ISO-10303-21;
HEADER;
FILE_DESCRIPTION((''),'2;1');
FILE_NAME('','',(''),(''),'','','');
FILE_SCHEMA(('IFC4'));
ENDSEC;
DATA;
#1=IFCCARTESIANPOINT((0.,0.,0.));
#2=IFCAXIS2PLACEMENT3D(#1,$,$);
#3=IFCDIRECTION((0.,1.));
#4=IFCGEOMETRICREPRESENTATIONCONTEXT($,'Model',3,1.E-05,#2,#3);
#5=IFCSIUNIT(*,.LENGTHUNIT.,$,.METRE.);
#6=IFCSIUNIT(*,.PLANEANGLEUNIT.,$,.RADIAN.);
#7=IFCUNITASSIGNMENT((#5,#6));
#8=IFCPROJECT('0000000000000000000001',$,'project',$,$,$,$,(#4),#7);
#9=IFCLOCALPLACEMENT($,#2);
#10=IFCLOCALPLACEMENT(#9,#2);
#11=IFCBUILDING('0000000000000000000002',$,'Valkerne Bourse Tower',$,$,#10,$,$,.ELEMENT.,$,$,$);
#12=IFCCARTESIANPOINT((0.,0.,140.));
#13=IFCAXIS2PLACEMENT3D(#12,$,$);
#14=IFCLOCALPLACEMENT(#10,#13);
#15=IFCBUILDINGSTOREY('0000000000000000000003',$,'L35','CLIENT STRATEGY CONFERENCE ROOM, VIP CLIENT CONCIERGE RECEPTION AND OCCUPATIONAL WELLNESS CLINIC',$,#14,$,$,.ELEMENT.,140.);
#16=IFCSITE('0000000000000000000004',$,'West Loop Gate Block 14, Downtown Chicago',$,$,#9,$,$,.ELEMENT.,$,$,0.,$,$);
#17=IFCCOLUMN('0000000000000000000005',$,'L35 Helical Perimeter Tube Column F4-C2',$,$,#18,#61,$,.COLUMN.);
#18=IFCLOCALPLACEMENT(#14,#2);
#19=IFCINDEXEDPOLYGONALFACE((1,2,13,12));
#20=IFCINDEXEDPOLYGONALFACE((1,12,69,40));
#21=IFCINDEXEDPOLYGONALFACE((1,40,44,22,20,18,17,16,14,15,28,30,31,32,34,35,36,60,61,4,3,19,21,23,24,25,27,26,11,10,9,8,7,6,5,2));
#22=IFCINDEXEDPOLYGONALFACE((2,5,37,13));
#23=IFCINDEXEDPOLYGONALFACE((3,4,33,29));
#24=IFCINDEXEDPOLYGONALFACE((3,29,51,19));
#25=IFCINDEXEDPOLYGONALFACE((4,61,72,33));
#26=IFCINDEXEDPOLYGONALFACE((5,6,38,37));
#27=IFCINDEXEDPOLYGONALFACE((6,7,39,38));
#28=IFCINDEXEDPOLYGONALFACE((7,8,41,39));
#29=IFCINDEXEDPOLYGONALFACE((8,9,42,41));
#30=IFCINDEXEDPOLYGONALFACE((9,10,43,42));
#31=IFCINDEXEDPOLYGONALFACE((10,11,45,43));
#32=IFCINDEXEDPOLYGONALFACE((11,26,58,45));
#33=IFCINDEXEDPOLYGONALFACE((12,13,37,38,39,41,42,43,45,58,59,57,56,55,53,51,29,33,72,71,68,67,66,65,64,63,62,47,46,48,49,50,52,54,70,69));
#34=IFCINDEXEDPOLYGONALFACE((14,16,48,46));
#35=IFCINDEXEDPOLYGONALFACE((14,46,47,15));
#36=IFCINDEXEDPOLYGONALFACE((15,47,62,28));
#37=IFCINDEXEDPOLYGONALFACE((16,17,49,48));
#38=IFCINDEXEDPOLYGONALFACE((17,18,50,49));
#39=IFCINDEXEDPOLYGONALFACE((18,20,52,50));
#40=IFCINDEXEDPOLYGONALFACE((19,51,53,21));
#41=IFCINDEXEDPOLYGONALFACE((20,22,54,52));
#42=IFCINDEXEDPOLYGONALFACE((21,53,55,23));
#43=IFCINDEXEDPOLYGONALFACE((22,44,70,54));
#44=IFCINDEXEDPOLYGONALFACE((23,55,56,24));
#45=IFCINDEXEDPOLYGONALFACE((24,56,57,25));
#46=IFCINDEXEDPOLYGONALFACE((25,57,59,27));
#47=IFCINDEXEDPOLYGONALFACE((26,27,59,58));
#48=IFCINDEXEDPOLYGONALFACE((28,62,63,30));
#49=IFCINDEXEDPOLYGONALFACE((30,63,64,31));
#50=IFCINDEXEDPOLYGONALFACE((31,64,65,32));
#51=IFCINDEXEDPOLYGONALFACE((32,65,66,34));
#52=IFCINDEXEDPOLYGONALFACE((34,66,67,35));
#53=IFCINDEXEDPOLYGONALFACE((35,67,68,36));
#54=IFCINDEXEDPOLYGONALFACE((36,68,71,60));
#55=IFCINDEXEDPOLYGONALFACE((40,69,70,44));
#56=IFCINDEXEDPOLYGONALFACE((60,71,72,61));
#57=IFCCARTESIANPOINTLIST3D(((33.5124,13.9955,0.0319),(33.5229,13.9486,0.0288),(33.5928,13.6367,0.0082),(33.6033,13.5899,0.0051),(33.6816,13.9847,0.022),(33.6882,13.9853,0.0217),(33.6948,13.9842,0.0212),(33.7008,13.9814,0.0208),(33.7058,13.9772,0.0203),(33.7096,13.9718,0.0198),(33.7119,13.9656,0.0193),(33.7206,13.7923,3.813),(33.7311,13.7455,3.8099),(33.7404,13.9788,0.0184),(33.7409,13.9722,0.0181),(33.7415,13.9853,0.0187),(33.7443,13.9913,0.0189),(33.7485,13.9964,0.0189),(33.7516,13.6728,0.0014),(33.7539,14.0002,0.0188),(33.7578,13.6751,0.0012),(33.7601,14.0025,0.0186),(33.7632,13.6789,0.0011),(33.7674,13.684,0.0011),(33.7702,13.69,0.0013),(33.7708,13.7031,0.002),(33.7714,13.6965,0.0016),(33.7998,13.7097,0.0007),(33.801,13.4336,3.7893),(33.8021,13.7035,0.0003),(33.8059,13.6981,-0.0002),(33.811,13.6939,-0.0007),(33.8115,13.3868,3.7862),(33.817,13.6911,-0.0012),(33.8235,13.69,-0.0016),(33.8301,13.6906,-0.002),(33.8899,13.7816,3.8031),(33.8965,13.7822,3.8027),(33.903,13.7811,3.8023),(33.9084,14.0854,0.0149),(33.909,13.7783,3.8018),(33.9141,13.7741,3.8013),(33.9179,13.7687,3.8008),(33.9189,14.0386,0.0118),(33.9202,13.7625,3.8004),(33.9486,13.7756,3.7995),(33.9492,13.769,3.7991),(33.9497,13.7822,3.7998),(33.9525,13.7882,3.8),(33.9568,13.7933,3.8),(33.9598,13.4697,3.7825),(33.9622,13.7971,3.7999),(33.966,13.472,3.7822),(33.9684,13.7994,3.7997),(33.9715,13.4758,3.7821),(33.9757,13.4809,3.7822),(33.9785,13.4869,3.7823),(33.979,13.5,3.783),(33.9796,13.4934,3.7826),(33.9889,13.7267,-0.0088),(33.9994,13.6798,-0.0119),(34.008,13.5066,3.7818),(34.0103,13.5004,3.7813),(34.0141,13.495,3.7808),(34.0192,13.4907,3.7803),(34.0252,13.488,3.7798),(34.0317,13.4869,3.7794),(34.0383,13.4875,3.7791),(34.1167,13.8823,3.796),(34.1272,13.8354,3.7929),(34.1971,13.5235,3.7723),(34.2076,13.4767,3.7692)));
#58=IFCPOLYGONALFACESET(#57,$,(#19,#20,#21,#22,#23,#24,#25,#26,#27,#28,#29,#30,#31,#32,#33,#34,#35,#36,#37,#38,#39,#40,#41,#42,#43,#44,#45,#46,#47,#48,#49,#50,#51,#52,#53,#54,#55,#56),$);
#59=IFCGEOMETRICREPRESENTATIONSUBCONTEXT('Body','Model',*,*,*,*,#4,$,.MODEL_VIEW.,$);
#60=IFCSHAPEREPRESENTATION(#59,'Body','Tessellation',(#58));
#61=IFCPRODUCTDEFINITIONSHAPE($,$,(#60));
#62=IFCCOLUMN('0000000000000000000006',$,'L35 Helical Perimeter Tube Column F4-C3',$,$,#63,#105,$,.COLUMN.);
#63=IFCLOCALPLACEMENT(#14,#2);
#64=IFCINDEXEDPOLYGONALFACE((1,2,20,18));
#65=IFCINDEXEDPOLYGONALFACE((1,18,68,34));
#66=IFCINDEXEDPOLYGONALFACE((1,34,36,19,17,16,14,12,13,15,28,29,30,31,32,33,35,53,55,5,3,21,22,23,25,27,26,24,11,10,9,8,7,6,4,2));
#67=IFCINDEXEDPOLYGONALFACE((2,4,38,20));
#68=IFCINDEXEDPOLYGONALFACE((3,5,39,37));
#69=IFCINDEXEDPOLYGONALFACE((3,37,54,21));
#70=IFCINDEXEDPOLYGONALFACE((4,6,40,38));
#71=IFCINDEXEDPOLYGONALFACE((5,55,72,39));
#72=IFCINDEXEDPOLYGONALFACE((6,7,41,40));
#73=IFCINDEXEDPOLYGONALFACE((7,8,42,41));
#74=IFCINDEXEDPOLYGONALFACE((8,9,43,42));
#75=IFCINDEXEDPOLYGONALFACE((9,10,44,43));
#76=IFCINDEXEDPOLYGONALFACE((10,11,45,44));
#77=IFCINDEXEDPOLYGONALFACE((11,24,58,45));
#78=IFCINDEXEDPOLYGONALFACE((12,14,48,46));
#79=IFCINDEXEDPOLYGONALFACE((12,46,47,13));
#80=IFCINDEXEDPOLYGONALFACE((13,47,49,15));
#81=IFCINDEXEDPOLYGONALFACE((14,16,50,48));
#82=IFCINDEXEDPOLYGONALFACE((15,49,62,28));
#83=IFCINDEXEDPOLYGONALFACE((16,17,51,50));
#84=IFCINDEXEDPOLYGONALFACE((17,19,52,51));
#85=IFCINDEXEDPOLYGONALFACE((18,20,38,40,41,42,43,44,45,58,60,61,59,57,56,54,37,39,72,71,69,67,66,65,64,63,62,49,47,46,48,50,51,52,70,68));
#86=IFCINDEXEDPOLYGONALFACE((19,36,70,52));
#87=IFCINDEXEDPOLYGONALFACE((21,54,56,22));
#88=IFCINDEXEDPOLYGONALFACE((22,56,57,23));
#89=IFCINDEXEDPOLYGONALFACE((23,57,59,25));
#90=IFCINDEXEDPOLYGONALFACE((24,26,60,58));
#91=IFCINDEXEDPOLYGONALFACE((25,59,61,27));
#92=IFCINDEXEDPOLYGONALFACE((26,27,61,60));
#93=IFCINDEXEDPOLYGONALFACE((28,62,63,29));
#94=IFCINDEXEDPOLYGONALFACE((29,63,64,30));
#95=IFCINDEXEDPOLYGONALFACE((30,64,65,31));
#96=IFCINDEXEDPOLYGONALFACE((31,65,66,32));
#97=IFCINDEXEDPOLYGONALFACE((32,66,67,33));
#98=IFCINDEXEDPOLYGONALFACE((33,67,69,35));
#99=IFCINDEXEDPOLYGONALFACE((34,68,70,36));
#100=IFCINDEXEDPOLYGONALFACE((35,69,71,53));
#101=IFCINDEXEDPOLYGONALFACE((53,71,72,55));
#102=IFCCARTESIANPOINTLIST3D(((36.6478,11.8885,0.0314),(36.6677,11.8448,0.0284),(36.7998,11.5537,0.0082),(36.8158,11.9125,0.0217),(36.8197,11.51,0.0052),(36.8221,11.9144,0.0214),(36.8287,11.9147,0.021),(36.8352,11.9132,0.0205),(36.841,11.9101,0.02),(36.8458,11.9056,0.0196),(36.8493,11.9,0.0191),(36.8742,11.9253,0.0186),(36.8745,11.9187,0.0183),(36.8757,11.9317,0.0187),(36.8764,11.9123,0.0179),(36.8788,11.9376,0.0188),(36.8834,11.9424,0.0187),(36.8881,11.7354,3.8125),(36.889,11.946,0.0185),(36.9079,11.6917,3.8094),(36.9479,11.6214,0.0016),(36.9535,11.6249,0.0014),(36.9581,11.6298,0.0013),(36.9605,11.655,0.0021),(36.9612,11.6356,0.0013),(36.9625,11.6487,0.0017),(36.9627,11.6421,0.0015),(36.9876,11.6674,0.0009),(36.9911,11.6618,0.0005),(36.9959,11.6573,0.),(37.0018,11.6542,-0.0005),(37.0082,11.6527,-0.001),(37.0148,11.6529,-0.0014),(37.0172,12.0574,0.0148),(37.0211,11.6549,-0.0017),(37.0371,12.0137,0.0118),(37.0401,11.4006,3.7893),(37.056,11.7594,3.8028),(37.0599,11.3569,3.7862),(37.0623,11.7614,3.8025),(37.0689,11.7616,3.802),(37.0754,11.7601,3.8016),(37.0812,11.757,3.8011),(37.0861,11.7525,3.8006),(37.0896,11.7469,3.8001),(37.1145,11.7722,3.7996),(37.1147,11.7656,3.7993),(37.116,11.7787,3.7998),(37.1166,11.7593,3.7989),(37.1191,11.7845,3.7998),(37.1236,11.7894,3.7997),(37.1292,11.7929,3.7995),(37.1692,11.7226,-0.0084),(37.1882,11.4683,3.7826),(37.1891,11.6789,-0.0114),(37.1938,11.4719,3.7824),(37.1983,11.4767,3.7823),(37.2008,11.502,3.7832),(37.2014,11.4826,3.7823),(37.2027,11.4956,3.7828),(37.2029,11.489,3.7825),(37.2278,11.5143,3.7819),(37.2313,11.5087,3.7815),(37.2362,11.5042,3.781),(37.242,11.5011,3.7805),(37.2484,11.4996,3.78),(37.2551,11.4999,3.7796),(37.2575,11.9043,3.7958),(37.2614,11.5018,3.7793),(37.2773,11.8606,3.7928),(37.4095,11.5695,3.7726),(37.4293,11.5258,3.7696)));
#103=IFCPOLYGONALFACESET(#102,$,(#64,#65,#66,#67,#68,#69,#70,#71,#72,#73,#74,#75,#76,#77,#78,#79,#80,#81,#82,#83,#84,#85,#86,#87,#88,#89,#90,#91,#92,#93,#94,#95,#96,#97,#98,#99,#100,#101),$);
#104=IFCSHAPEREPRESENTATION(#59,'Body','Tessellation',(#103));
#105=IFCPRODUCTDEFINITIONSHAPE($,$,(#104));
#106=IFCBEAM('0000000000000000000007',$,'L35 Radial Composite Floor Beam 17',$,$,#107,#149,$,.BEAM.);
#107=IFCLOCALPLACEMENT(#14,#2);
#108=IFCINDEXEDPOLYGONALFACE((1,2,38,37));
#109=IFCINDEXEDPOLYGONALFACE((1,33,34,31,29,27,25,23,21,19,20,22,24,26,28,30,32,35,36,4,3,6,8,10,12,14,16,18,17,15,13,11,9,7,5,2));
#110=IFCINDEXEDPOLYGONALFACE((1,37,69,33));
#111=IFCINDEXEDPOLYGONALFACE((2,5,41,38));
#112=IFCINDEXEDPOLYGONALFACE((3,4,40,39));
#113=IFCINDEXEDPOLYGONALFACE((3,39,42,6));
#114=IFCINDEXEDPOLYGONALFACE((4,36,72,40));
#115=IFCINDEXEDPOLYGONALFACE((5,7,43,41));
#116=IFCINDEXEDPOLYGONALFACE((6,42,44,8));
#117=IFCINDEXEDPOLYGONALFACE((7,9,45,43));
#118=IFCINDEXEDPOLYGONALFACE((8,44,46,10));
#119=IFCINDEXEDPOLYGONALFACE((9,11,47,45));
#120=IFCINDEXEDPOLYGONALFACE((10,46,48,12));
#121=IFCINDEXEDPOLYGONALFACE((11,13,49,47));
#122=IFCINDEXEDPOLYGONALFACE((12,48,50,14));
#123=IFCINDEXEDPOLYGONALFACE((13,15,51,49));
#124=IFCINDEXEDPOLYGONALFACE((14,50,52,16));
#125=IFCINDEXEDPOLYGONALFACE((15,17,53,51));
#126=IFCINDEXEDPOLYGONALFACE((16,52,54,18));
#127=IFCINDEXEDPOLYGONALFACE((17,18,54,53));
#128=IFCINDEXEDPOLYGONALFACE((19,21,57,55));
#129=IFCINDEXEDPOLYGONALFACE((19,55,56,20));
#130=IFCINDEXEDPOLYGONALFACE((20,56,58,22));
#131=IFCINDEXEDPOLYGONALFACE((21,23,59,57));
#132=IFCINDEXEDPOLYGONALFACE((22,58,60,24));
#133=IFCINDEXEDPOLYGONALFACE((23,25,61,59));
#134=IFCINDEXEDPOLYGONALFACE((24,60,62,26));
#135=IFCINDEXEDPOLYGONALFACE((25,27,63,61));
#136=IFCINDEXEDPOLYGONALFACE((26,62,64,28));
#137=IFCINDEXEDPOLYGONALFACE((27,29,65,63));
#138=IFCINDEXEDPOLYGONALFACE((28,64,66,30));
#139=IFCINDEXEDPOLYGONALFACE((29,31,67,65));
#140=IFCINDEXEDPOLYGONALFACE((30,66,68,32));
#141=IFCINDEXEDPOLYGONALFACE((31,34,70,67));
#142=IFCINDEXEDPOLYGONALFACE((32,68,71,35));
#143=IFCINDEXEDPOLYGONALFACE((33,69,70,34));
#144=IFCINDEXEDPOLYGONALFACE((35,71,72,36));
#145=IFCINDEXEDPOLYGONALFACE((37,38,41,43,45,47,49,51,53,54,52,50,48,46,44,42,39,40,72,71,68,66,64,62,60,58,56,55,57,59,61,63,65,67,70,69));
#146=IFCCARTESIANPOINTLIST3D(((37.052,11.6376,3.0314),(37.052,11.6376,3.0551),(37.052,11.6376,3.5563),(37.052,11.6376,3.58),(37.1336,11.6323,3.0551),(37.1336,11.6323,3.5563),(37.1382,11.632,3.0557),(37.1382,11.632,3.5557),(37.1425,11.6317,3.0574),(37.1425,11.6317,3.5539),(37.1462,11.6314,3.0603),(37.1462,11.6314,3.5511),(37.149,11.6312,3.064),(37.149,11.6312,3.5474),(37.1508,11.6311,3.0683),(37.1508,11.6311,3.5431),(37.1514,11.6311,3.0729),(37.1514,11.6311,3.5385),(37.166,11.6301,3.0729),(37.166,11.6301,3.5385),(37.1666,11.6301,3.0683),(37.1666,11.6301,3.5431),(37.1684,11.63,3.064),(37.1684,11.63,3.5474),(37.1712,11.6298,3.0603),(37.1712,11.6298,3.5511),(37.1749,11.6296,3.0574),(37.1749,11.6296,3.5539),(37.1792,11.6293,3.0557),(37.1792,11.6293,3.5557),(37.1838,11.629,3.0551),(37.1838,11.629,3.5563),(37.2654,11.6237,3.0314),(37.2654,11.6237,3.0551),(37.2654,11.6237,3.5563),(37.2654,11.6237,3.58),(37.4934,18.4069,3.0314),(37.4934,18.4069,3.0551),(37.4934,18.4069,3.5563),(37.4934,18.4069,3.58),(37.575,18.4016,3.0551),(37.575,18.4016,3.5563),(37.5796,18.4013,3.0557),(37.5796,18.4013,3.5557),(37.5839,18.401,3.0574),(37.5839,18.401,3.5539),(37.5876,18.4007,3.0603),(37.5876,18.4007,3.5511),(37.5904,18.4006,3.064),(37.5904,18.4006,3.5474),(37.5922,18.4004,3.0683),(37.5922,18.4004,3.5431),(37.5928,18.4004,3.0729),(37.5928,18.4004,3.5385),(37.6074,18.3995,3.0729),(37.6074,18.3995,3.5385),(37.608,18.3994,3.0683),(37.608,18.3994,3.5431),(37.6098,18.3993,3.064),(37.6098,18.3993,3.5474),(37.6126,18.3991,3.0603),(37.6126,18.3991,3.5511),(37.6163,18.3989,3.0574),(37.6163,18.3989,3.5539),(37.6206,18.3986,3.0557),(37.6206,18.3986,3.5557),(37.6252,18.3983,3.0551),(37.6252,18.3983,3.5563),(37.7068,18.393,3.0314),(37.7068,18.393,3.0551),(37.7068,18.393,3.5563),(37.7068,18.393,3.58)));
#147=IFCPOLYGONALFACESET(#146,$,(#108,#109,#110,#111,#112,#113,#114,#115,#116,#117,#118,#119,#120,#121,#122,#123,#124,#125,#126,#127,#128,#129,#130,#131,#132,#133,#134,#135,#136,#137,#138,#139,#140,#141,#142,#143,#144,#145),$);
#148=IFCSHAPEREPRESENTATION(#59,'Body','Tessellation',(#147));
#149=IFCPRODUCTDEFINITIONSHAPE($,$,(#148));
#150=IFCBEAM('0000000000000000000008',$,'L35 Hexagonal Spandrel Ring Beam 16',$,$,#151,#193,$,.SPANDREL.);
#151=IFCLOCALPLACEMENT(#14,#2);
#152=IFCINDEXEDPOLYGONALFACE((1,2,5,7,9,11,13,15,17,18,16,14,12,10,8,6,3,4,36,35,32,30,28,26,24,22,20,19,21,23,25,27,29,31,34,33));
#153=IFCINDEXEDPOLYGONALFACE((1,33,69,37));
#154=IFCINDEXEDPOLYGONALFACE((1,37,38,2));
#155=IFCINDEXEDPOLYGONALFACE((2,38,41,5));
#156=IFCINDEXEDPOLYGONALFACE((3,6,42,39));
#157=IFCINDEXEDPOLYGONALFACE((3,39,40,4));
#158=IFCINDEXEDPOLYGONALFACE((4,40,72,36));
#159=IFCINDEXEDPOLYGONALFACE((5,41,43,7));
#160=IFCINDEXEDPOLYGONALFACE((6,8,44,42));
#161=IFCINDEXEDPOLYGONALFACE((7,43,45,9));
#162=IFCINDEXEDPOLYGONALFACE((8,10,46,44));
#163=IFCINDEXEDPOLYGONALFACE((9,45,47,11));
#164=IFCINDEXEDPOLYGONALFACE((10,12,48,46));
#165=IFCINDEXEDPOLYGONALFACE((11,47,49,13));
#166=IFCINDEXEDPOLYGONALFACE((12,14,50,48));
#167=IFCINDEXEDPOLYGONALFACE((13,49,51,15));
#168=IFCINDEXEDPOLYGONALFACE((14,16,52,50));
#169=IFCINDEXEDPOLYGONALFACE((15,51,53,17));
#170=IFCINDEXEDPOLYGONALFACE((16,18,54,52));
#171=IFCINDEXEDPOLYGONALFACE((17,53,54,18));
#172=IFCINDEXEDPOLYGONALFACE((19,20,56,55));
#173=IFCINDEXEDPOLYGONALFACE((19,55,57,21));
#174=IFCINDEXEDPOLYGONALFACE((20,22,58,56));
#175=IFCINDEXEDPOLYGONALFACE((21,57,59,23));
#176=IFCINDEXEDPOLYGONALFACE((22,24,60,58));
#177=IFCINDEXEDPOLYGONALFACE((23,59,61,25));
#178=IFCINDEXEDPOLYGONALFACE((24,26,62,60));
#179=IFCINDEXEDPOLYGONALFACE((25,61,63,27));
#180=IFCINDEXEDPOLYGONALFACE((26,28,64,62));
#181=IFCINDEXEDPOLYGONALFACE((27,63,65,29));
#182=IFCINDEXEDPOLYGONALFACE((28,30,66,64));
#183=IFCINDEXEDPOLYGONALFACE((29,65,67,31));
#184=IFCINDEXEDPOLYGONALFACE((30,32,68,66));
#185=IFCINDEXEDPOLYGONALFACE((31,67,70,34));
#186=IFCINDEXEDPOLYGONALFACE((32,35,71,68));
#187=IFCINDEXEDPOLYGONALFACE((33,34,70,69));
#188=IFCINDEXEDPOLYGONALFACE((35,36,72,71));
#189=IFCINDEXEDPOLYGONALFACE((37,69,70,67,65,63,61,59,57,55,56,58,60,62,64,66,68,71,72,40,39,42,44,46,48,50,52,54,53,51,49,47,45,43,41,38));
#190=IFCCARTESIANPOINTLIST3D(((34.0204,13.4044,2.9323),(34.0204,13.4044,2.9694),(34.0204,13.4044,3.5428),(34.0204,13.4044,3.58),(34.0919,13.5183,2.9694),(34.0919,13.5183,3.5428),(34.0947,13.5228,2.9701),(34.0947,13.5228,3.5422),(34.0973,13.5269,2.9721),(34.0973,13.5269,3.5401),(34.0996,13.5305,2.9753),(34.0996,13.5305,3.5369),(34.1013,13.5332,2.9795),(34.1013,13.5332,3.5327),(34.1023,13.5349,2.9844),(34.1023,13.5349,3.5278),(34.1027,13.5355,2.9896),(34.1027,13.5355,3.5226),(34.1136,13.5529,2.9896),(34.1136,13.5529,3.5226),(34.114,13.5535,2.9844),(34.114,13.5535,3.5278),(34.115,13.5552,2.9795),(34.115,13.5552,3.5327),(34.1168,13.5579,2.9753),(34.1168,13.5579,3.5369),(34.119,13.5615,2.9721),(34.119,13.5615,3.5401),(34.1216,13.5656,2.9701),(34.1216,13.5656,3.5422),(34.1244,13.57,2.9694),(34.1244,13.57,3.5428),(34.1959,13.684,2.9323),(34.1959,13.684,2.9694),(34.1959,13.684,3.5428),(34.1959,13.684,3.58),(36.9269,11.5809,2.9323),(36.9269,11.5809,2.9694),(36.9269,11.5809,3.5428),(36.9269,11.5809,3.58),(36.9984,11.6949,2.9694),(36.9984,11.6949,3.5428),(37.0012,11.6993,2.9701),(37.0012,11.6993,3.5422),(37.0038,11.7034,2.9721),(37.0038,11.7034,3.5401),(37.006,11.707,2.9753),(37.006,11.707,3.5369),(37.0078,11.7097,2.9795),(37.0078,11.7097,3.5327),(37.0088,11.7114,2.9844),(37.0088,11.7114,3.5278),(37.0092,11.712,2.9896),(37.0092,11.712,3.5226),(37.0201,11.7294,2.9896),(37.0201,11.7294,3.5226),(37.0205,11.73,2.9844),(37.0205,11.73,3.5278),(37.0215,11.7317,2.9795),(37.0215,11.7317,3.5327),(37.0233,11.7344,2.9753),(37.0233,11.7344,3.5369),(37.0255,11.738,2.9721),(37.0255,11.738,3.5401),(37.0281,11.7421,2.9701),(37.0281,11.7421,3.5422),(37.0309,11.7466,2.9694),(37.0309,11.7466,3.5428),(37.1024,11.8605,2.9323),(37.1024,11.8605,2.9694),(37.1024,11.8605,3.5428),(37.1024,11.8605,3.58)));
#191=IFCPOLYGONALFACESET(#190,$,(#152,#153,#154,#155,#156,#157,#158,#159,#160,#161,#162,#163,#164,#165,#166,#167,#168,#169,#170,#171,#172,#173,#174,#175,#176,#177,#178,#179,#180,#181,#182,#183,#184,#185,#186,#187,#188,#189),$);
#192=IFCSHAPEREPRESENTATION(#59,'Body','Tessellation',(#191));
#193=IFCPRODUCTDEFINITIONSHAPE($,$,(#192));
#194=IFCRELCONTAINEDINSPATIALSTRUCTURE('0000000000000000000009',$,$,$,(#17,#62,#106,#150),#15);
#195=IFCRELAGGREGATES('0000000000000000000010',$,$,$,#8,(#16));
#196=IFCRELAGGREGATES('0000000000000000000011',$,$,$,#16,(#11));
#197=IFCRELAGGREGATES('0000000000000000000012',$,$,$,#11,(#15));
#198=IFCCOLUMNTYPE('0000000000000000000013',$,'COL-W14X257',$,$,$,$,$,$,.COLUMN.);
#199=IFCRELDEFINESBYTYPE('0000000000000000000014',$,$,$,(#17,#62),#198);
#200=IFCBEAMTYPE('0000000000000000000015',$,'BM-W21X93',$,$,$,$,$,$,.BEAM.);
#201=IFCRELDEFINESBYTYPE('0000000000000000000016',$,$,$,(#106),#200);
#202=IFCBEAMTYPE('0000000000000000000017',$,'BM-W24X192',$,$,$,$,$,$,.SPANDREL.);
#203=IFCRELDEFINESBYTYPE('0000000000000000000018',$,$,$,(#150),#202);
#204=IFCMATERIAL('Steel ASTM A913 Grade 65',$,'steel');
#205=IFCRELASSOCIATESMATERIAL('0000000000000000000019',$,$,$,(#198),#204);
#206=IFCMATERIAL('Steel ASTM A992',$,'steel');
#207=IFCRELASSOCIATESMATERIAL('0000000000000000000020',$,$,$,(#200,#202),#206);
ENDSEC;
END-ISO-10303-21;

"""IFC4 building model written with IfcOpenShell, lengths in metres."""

from ifc_helpers import new_model, si_unit, direction, frame, origin, origin_2d, place, context, subcontext, project, spatial, i_section, extrude, material, material_profile, profile_set, type_object, element, save


model = new_model("IFC4")

# Units and contexts
model_context = context("Model", 3, precision=1e-05, world=origin(), true_north=direction((0.0, 1.0)))
body_context = subcontext(model_context, "Body", "Model", "MODEL_VIEW")
ifc_project = project(units=[si_unit("LENGTHUNIT", "METRE"), si_unit("PLANEANGLEUNIT", "RADIAN")], contexts=[model_context])

# Site, building, storey
site_placement = place(None, origin())
site = spatial("IfcSite", under=ifc_project, at=site_placement, Name="West Loop Gate Block 14, Downtown Chicago", CompositionType="ELEMENT", RefElevation=0.0)
building_placement = place(site_placement, origin())
building = spatial("IfcBuilding", under=site, at=building_placement, Name="Valkerne Bourse Tower", CompositionType="ELEMENT")
storey_placement = place(building_placement, frame((0.0, 0.0, 140.0)))
storey = spatial("IfcBuildingStorey", under=building, at=storey_placement, Name="L35", Description="CLIENT STRATEGY CONFERENCE ROOM, VIP CLIENT CONCIERGE RECEPTION AND OCCUPATIONAL WELLNESS CLINIC", CompositionType="ELEMENT", Elevation=140.0)

# Columns
ifc_material_1 = material(Name="Steel ASTM A913 Grade 65", Category="steel")
ifc_material_profile_1 = material_profile(ifc_material_1, i_section(OverallWidth=0.4065, OverallDepth=0.4165, WebThickness=0.0298, FlangeThickness=0.0481, FilletRadius=0.0254, at=origin_2d()), Name="W14X257")
ifc_profile_set_1 = profile_set([ifc_material_profile_1], Name="Steel ASTM A913 Grade 65")
column_type = type_object("IfcColumnType", Name="COL-W14X257", PredefinedType="COLUMN", material=ifc_profile_set_1)
column_1_placement = place(storey_placement, frame((33.7559, 13.8376, 0.01), z_axis=(0.054916, -0.053564, 0.997053), x_axis=(0.974332, 0.221206, -0.041781)))
element("IfcColumn", 1, at=column_1_placement, inside=storey, type_object=column_type, Name="L35 Helical Perimeter Tube Column F4-C2", PredefinedType="COLUMN", context=body_context, shape_type="SweptSolid", body=[
    extrude(i_section(OverallWidth=0.4065, OverallDepth=0.4165, WebThickness=0.0298, FlangeThickness=0.0481, FilletRadius=0.0254, at=origin_2d()), origin(), (0.0, 0.0, 1.0), 3.7922),
])
column_2_placement = place(storey_placement, frame((36.9185, 11.7837, 0.01), z_axis=(0.063358, -0.040371, 0.997174), x_axis=(0.9087, 0.41544, -0.040917)))
element("IfcColumn", 2, at=column_2_placement, inside=storey, type_object=column_type, Name="L35 Helical Perimeter Tube Column F4-C3", PredefinedType="COLUMN", context=body_context, shape_type="SweptSolid", body=[
    extrude(i_section(OverallWidth=0.4065, OverallDepth=0.4165, WebThickness=0.0298, FlangeThickness=0.0481, FilletRadius=0.0254, at=origin_2d()), origin(), (0.0, 0.0, 1.0), 3.7917),
])

# Beams
ifc_material_2 = material(Name="Steel ASTM A992", Category="steel")
ifc_material_profile_2 = material_profile(ifc_material_2, i_section(OverallWidth=0.2139, OverallDepth=0.5486, WebThickness=0.0146, FlangeThickness=0.0237, FilletRadius=0.0178, at=origin_2d()), Name="W21X93")
ifc_profile_set_2 = profile_set([ifc_material_profile_2], Name="Steel ASTM A992")
beam_type_1 = type_object("IfcBeamType", Name="BM-W21X93", PredefinedType="BEAM", material=ifc_profile_set_2)
beam_1_placement = place(storey_placement, frame((37.1587, 11.6306, 3.3057), z_axis=(0.065069, 0.997881, 0.0), x_axis=(-0.997881, 0.065069, 0.0)))
element("IfcBeam", 3, at=beam_1_placement, inside=storey, type_object=beam_type_1, Name="L35 Radial Composite Floor Beam 17", PredefinedType="BEAM", context=body_context, shape_type="SweptSolid", body=[
    extrude(i_section(OverallWidth=0.2139, OverallDepth=0.5486, WebThickness=0.0146, FlangeThickness=0.0237, FilletRadius=0.0178, at=origin_2d()), origin(), (0.0, 0.0, 1.0), 6.7837),
])
ifc_material_profile_3 = material_profile(ifc_material_2, i_section(OverallWidth=0.3301, OverallDepth=0.6477, WebThickness=0.0205, FlangeThickness=0.0371, FilletRadius=0.0203, at=origin_2d()), Name="W24X192")
ifc_profile_set_3 = profile_set([ifc_material_profile_3], Name="Steel ASTM A992")
beam_type_2 = type_object("IfcBeamType", Name="BM-W24X192", PredefinedType="SPANDREL", material=ifc_profile_set_3)
for number, where, z_axis, x_axis, name in (
    (4, (34.1082, 13.5442, 3.2561), (0.84709, -0.53145, 0.0), (0.53145, 0.84709, 0.0), "L35 Hexagonal Spandrel Ring Beam 16"),
):
    element("IfcBeam", number, at=place(storey_placement, frame(where, z_axis=z_axis, x_axis=x_axis)), inside=storey, type_object=beam_type_2, Name=name, PredefinedType="SPANDREL", context=body_context, shape_type="SweptSolid", body=[
        extrude(i_section(OverallWidth=0.3301, OverallDepth=0.6477, WebThickness=0.0205, FlangeThickness=0.0371, FilletRadius=0.0203, at=origin_2d()), origin(), (0.0, 0.0, 1.0), 3.4312),
    ])

save(model, "model.ifc")
